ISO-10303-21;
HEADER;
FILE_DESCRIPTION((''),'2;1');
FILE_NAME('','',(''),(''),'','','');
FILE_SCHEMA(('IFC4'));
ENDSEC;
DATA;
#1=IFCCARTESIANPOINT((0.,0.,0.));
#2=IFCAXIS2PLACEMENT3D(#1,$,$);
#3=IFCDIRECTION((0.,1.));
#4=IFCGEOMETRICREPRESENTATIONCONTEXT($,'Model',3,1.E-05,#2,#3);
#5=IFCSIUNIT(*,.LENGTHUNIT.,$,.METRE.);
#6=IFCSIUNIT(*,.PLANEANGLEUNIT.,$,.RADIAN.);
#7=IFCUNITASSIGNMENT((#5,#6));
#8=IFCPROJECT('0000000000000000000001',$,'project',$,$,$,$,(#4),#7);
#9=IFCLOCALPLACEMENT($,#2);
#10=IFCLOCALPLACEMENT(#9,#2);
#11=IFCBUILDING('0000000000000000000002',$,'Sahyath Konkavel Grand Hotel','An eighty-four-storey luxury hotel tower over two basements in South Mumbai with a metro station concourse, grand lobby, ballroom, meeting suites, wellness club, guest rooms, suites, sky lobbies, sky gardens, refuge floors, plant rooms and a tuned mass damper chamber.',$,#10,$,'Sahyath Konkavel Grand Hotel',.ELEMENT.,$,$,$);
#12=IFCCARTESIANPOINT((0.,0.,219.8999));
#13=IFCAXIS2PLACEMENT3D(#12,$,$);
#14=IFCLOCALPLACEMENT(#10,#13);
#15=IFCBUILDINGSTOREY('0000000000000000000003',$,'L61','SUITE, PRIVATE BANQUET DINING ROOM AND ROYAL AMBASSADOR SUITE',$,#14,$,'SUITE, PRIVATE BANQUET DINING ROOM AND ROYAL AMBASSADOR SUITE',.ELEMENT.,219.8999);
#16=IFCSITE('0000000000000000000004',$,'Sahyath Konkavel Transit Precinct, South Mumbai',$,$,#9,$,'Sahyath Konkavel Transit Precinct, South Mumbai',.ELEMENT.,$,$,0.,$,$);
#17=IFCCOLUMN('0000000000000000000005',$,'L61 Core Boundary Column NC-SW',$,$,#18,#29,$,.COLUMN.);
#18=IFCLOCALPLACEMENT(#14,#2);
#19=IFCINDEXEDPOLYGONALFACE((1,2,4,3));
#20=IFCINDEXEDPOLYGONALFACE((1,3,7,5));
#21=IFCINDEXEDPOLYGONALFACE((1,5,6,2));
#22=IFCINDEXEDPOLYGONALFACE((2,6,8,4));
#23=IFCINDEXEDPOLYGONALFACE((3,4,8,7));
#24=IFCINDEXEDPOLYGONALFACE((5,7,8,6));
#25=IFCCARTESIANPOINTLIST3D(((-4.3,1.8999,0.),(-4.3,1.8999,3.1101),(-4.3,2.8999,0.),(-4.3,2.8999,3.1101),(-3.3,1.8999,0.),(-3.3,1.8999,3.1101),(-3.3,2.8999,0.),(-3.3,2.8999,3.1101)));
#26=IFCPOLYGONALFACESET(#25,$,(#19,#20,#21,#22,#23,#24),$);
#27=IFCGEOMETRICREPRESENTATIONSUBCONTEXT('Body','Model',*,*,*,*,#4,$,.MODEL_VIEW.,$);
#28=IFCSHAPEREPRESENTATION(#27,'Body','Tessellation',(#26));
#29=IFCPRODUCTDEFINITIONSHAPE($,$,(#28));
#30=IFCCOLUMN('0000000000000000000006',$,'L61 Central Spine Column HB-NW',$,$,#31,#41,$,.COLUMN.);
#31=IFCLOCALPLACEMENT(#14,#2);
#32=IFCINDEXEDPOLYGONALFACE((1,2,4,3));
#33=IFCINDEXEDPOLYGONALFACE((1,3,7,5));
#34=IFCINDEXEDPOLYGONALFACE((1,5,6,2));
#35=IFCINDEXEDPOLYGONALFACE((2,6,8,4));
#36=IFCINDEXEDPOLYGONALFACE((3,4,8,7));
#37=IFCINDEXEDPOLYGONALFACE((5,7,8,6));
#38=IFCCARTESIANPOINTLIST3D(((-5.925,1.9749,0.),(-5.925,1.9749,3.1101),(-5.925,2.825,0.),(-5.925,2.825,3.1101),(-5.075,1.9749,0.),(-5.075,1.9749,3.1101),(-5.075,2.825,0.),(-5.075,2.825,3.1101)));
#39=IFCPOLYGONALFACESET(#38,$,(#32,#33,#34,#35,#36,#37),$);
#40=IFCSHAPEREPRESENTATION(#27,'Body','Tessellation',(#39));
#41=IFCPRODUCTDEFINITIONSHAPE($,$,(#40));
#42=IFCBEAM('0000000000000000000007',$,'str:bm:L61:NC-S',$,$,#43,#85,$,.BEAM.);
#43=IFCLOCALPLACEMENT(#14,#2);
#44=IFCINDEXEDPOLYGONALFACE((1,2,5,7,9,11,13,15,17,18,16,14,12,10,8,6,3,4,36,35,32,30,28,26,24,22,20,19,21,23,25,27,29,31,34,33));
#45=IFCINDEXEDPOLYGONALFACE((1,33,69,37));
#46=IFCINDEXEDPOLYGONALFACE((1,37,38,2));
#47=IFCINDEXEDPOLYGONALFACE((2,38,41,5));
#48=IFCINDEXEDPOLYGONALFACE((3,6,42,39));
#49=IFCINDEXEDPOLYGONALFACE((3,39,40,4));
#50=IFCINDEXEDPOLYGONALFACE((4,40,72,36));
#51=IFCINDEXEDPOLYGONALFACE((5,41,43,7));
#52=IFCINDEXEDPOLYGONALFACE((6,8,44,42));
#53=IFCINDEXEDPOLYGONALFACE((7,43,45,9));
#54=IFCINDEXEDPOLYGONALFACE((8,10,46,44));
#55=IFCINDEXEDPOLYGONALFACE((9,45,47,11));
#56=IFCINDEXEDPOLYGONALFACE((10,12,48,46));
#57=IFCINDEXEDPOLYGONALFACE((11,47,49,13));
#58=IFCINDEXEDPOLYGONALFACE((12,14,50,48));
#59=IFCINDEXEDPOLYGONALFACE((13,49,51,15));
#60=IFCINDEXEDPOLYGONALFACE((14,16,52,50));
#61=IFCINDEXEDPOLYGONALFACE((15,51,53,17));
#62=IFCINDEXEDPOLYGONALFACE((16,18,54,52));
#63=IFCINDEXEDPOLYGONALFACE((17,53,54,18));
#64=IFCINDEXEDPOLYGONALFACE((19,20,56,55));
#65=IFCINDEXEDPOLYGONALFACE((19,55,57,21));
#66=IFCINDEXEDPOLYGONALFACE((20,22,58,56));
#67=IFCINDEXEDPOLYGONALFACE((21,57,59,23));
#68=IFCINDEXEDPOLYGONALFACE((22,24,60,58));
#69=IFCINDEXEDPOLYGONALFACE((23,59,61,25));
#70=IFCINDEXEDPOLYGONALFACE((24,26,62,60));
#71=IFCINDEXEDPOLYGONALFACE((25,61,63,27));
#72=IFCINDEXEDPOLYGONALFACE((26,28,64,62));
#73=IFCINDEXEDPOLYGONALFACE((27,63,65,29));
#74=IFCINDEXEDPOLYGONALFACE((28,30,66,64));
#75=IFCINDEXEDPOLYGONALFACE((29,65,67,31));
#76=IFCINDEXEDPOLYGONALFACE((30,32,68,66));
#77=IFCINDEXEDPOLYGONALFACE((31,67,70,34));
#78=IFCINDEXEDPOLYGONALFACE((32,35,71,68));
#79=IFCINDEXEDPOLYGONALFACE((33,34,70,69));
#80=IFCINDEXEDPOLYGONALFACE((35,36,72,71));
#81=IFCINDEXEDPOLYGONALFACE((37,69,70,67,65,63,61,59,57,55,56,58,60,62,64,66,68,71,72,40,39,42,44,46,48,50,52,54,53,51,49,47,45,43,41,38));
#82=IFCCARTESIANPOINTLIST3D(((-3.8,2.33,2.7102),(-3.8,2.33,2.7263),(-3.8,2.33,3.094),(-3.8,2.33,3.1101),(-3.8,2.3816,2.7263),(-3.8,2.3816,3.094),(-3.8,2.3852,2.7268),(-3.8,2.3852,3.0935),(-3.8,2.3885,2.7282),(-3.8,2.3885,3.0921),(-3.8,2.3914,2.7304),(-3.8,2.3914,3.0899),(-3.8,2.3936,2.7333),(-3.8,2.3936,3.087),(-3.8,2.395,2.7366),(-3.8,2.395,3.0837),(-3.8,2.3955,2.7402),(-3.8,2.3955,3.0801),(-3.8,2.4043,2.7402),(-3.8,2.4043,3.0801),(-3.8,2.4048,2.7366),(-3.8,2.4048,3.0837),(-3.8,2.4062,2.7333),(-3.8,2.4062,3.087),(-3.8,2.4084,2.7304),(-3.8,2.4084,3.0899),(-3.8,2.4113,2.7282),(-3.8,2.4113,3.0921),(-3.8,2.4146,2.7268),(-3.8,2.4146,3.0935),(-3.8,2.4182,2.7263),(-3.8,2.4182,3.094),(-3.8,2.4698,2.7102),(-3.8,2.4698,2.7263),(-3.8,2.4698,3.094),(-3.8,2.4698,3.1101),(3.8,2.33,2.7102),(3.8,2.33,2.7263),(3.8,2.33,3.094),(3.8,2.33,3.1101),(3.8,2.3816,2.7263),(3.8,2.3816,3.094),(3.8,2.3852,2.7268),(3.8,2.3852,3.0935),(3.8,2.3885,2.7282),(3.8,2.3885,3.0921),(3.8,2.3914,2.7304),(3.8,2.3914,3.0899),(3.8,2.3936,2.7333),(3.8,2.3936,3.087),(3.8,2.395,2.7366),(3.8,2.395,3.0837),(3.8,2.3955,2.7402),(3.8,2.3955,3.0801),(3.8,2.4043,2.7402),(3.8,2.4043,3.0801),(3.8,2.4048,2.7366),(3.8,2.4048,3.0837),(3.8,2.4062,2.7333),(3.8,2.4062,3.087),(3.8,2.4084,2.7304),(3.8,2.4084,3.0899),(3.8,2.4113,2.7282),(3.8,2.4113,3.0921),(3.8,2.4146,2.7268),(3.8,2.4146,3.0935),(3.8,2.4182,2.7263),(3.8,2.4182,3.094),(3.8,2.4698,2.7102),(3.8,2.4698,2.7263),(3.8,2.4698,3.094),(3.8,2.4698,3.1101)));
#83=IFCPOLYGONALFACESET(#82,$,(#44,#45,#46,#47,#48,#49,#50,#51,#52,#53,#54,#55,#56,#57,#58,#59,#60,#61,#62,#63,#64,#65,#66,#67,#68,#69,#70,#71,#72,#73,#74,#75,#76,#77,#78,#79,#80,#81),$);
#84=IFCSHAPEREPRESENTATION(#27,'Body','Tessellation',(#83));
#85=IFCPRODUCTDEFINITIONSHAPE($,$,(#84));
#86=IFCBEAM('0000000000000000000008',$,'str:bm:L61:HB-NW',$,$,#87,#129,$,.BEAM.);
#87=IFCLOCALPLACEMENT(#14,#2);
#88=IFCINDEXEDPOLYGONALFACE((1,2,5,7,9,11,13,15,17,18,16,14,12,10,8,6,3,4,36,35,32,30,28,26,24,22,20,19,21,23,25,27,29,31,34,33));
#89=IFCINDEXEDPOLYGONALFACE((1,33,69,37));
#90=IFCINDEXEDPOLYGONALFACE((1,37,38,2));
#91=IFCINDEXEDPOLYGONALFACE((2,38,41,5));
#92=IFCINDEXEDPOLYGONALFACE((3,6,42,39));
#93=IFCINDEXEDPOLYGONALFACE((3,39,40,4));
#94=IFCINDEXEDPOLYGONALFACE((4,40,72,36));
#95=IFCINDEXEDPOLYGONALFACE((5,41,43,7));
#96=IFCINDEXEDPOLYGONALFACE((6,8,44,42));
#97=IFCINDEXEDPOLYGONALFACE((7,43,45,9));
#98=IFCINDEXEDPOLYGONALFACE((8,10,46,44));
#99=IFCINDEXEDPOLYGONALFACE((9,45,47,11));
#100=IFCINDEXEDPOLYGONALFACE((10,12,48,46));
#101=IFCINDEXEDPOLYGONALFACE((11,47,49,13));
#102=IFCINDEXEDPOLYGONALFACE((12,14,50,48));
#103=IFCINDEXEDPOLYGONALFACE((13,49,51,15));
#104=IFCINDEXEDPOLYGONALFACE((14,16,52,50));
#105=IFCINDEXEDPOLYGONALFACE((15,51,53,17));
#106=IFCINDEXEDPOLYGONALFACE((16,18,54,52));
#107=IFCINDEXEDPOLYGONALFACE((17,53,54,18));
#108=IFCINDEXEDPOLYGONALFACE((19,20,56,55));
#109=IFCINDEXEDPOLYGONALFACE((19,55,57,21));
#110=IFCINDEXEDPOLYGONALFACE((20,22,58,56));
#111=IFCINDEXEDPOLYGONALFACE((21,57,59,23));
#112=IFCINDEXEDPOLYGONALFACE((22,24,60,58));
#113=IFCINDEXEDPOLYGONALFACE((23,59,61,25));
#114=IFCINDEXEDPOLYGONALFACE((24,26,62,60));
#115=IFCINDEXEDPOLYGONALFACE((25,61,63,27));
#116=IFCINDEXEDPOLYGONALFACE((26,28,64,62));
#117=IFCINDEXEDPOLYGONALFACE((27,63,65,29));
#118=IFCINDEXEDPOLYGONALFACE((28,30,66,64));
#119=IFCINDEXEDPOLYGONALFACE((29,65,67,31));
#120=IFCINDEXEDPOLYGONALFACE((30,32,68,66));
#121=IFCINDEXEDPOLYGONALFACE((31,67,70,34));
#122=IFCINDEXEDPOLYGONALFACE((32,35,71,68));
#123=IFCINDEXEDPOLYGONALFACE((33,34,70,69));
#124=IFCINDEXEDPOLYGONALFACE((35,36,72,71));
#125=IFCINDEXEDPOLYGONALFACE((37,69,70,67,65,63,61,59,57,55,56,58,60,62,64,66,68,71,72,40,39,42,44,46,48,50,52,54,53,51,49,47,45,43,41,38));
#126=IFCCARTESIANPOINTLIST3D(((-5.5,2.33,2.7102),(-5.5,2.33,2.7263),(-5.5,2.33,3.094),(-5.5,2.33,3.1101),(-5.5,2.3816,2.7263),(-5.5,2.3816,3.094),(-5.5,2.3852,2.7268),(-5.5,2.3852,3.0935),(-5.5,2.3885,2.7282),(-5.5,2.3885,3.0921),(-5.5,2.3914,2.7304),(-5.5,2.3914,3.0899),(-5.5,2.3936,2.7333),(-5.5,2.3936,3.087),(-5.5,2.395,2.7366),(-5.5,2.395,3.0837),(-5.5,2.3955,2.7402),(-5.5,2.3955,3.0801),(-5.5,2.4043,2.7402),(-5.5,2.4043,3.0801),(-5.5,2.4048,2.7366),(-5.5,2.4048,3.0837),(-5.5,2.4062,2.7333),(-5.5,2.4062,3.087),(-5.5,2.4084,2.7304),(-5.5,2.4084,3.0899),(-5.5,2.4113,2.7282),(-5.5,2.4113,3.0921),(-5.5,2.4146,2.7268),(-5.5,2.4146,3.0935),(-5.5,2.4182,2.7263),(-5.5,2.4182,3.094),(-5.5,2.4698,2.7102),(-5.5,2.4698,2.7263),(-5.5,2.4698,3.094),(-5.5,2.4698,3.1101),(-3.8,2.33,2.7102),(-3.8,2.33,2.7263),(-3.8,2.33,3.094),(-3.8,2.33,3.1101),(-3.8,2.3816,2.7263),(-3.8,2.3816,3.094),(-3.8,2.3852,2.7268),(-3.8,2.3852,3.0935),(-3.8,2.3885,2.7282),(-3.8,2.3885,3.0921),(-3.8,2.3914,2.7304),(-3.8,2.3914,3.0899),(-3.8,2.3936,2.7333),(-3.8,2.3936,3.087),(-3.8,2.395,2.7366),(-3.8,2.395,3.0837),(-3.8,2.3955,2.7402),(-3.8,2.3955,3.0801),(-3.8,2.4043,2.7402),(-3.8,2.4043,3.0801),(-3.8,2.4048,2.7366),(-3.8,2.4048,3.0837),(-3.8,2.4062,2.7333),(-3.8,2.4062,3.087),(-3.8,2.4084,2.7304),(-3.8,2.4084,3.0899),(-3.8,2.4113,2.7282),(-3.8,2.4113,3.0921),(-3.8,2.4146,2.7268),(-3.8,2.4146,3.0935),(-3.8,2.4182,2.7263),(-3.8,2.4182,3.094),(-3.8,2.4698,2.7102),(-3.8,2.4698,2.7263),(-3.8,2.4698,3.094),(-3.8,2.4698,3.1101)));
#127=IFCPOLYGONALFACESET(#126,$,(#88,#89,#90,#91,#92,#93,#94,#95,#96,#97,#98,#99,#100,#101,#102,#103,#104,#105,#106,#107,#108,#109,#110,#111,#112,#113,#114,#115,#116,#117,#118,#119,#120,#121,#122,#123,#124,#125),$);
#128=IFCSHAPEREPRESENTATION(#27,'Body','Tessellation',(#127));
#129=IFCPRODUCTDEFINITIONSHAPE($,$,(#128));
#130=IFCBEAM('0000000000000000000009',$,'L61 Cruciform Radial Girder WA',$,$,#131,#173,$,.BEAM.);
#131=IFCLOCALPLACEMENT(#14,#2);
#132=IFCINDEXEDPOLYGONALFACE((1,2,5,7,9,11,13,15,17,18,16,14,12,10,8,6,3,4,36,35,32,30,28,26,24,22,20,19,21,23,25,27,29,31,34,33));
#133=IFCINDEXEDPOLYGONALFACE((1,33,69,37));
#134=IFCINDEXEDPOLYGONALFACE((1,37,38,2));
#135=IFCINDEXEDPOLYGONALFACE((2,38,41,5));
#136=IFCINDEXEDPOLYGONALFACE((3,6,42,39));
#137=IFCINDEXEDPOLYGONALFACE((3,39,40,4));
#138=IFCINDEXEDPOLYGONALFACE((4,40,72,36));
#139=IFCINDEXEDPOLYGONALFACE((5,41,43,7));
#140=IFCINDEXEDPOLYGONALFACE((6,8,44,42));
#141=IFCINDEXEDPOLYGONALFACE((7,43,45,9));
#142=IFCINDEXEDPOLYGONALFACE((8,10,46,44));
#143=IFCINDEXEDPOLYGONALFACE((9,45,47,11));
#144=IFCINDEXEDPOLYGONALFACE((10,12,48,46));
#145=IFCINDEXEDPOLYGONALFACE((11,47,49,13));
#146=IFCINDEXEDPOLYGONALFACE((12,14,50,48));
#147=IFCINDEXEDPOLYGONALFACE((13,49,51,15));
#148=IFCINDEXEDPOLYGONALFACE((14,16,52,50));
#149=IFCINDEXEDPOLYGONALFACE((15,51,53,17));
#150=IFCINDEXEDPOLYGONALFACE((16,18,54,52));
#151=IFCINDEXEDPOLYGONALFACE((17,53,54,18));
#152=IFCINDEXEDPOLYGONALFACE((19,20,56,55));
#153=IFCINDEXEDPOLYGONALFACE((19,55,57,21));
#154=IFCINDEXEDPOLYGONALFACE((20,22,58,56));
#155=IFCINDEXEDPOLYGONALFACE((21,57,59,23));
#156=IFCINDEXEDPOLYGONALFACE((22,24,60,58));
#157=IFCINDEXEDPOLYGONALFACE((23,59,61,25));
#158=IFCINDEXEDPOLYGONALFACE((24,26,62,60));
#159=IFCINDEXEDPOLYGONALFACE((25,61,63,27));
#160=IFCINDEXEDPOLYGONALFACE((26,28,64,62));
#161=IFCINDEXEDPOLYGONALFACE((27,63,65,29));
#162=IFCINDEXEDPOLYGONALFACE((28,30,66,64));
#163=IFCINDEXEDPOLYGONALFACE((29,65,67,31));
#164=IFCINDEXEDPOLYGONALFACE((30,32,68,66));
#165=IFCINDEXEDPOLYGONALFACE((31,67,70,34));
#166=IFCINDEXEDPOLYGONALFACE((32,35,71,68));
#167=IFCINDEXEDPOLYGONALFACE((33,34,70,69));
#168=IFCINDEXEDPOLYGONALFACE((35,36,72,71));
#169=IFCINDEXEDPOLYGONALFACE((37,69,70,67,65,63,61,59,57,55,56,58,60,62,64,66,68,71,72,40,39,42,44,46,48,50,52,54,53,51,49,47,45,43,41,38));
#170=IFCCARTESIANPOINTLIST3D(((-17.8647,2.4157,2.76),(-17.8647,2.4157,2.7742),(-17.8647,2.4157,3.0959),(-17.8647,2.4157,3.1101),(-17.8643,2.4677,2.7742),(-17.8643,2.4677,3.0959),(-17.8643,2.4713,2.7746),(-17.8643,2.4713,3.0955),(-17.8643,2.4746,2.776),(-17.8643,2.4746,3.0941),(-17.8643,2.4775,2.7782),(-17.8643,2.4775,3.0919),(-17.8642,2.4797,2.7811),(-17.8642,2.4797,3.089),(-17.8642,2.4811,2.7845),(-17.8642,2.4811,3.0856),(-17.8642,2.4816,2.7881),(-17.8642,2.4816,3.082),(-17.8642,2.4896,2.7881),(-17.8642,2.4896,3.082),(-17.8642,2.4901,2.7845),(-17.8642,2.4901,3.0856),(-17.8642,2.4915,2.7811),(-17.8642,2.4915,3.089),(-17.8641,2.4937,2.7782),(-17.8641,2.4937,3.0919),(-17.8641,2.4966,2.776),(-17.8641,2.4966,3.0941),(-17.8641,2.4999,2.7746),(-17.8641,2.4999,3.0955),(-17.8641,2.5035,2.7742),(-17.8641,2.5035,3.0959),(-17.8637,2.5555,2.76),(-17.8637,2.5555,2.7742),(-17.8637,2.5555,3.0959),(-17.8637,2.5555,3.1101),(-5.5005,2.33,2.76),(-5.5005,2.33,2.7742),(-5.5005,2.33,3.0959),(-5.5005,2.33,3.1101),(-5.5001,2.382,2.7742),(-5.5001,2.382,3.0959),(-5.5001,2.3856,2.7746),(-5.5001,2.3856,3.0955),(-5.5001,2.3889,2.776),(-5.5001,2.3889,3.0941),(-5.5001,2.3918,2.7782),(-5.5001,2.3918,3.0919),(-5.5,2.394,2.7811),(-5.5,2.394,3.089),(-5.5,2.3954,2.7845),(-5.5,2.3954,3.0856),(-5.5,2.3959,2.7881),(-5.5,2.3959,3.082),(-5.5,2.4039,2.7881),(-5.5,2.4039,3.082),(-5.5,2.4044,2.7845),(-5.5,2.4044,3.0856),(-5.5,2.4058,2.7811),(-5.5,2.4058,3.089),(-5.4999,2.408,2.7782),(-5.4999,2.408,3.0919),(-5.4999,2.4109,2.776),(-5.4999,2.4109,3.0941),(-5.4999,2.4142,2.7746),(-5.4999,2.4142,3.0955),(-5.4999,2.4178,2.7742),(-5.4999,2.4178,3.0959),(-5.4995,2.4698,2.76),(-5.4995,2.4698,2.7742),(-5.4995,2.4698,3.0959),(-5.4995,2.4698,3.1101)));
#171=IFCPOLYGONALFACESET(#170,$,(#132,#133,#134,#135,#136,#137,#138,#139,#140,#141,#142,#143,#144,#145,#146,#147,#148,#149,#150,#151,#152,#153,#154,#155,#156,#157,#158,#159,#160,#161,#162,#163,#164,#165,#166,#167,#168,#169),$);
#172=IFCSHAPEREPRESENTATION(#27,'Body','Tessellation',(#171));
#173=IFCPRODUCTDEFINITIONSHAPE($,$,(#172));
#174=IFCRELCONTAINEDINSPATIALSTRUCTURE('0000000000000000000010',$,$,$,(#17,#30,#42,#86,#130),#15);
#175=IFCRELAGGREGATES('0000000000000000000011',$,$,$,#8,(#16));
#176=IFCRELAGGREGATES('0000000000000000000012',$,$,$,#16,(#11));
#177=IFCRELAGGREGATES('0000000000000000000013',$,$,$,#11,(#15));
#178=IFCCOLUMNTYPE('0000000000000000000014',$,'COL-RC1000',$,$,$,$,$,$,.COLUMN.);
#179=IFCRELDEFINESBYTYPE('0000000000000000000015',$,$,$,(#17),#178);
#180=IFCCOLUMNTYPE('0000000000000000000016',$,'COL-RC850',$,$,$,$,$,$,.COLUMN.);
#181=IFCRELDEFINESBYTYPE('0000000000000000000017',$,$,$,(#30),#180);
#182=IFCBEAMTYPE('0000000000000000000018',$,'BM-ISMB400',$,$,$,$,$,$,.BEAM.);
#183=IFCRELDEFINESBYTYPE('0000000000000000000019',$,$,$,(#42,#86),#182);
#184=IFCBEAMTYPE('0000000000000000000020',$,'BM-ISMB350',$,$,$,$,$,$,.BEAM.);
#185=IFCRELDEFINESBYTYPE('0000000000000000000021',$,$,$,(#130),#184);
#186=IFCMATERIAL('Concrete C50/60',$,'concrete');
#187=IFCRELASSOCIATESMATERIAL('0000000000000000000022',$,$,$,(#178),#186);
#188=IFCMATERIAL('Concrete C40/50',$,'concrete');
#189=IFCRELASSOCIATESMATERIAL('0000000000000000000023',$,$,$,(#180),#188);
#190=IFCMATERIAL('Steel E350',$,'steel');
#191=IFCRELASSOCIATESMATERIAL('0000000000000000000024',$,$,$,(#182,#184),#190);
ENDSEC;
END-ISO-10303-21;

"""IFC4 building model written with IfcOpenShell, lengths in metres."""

from ifc_helpers import new_model, si_unit, direction, frame, origin, origin_2d, place, context, subcontext, project, spatial, rectangle, i_section, extrude, source, transform, mapped, material, material_profile, profile_set, type_object, element, save


model = new_model("IFC4")

# Units and contexts
model_context = context("Model", 3, precision=1e-05, world=origin(), true_north=direction((0.0, 1.0)))
body_context = subcontext(model_context, "Body", "Model", "MODEL_VIEW")
ifc_project = project(units=[si_unit("LENGTHUNIT", "METRE"), si_unit("PLANEANGLEUNIT", "RADIAN")], contexts=[model_context])

# Site, building, storey
site_placement = place(None, origin())
site = spatial("IfcSite", under=ifc_project, at=site_placement, Name="Sahyath Konkavel Transit Precinct, South Mumbai", LongName="Sahyath Konkavel Transit Precinct, South Mumbai", CompositionType="ELEMENT", RefElevation=0.0)
building_placement = place(site_placement, origin())
building = spatial("IfcBuilding", under=site, at=building_placement, Name="Sahyath Konkavel Grand Hotel", Description="An eighty-four-storey luxury hotel tower over two basements in South Mumbai with a metro station concourse, grand lobby, ballroom, meeting suites, wellness club, guest rooms, suites, sky lobbies, sky gardens, refuge floors, plant rooms and a tuned mass damper chamber.", LongName="Sahyath Konkavel Grand Hotel", CompositionType="ELEMENT")
storey_placement = place(building_placement, frame((0.0, 0.0, 219.8999)))
storey = spatial("IfcBuildingStorey", under=building, at=storey_placement, Name="L61", Description="SUITE, PRIVATE BANQUET DINING ROOM AND ROYAL AMBASSADOR SUITE", LongName="SUITE, PRIVATE BANQUET DINING ROOM AND ROYAL AMBASSADOR SUITE", CompositionType="ELEMENT", Elevation=219.8999)

# Columns
ifc_material_1 = material(Name="Concrete C50/60", Category="concrete")
ifc_material_profile_1 = material_profile(ifc_material_1, rectangle(XDim=1.0, YDim=1.0, at=origin_2d()), Name="RC 1000x1000")
ifc_profile_set_1 = profile_set([ifc_material_profile_1], Name="Concrete C50/60")
column_type_1 = type_object("IfcColumnType", Name="COL-RC1000", PredefinedType="COLUMN", material=ifc_profile_set_1)
shared_shape_1 = source(origin(), body_context, "Body", "SweptSolid", [
    extrude(rectangle(XDim=1.0, YDim=1.0, at=origin_2d()), origin(), (0.0, 0.0, 1.0), 3.1101),
])
column_1_placement = place(storey_placement, frame((-3.8, 2.3999, 0.0), z_axis=(0.0, 0.0, 1.0), x_axis=(1.0, 0.0, 0.0)))
element("IfcColumn", 1, at=column_1_placement, inside=storey, type_object=column_type_1, Name="L61 Core Boundary Column NC-SW", PredefinedType="COLUMN", context=body_context, shape_type="MappedRepresentation", body=[
    mapped(shared_shape_1, transform((0.0, 0.0, 0.0), scale=1.0)),
])
ifc_material_2 = material(Name="Concrete C40/50", Category="concrete")
ifc_material_profile_2 = material_profile(ifc_material_2, rectangle(XDim=0.8501, YDim=0.8501, at=origin_2d()), Name="RC 850x850")
ifc_profile_set_2 = profile_set([ifc_material_profile_2], Name="Concrete C40/50")
column_type_2 = type_object("IfcColumnType", Name="COL-RC850", PredefinedType="COLUMN", material=ifc_profile_set_2)
shared_shape_2 = source(origin(), body_context, "Body", "SweptSolid", [
    extrude(rectangle(XDim=0.8501, YDim=0.8501, at=origin_2d()), origin(), (0.0, 0.0, 1.0), 3.1101),
])
column_2_placement = place(storey_placement, frame((-5.5, 2.3999, 0.0), z_axis=(0.0, 0.0, 1.0), x_axis=(1.0, 0.0, 0.0)))
element("IfcColumn", 2, at=column_2_placement, inside=storey, type_object=column_type_2, Name="L61 Central Spine Column HB-NW", PredefinedType="COLUMN", context=body_context, shape_type="MappedRepresentation", body=[
    mapped(shared_shape_2, transform((0.0, 0.0, 0.0), scale=1.0)),
])

# Beams
ifc_material_3 = material(Name="Steel E350", Category="steel")
ifc_material_profile_3 = material_profile(ifc_material_3, i_section(OverallWidth=0.1399, OverallDepth=0.3999, WebThickness=0.0088, FlangeThickness=0.0161, FilletRadius=0.0139, at=origin_2d()), Name="ISMB 400")
ifc_profile_set_3 = profile_set([ifc_material_profile_3], Name="Steel E350")
beam_type_1 = type_object("IfcBeamType", Name="BM-ISMB400", PredefinedType="BEAM", material=ifc_profile_set_3)
shared_shape_3 = source(origin(), body_context, "Body", "SweptSolid", [
    extrude(i_section(OverallWidth=0.1399, OverallDepth=0.3999, WebThickness=0.0088, FlangeThickness=0.0161, FilletRadius=0.0139, at=origin_2d()), origin(), (0.0, 0.0, 1.0), 7.6001),
])
beam_1_placement = place(storey_placement, frame((-3.8, 2.3999, 2.9102), z_axis=(1.0, 0.0, 0.0), x_axis=(0.0, 1.0, 0.0)))
element("IfcBeam", 3, at=beam_1_placement, inside=storey, type_object=beam_type_1, Name="str:bm:L61:NC-S", PredefinedType="BEAM", context=body_context, shape_type="MappedRepresentation", body=[
    mapped(shared_shape_3, transform((0.0, 0.0, 0.0), scale=1.0)),
])
shared_shape_4 = source(origin(), body_context, "Body", "SweptSolid", [
    extrude(i_section(OverallWidth=0.1399, OverallDepth=0.3999, WebThickness=0.0088, FlangeThickness=0.0161, FilletRadius=0.0139, at=origin_2d()), origin(), (0.0, 0.0, 1.0), 1.7),
])
beam_2_placement = place(storey_placement, frame((-5.5, 2.3999, 2.9102), z_axis=(1.0, 0.0, 0.0), x_axis=(0.0, 1.0, 0.0)))
element("IfcBeam", 4, at=beam_2_placement, inside=storey, type_object=beam_type_1, Name="str:bm:L61:HB-NW", PredefinedType="BEAM", context=body_context, shape_type="MappedRepresentation", body=[
    mapped(shared_shape_4, transform((0.0, 0.0, 0.0), scale=1.0)),
])
ifc_material_profile_4 = material_profile(ifc_material_3, i_section(OverallWidth=0.1399, OverallDepth=0.3501, WebThickness=0.0081, FlangeThickness=0.0142, FilletRadius=0.0139, at=origin_2d()), Name="ISMB 350")
ifc_profile_set_4 = profile_set([ifc_material_profile_4], Name="Steel E350")
beam_type_2 = type_object("IfcBeamType", Name="BM-ISMB350", PredefinedType="BEAM", material=ifc_profile_set_4)
shared_shape_5 = source(origin(), body_context, "Body", "SweptSolid", [
    extrude(i_section(OverallWidth=0.1399, OverallDepth=0.3501, WebThickness=0.0081, FlangeThickness=0.0142, FilletRadius=0.0139, at=origin_2d()), origin(), (0.0, 0.0, 1.0), 12.3645),
])
beam_3_placement = place(storey_placement, frame((-5.5, 2.3999, 2.9351), z_axis=(-0.999976, 0.006931, 0.0), x_axis=(-0.006931, -0.999976, 0.0)))
element("IfcBeam", 5, at=beam_3_placement, inside=storey, type_object=beam_type_2, Name="L61 Cruciform Radial Girder WA", PredefinedType="BEAM", context=body_context, shape_type="MappedRepresentation", body=[
    mapped(shared_shape_5, transform((0.0, 0.0, 0.0), scale=1.0)),
])

save(model, "model.ifc")
